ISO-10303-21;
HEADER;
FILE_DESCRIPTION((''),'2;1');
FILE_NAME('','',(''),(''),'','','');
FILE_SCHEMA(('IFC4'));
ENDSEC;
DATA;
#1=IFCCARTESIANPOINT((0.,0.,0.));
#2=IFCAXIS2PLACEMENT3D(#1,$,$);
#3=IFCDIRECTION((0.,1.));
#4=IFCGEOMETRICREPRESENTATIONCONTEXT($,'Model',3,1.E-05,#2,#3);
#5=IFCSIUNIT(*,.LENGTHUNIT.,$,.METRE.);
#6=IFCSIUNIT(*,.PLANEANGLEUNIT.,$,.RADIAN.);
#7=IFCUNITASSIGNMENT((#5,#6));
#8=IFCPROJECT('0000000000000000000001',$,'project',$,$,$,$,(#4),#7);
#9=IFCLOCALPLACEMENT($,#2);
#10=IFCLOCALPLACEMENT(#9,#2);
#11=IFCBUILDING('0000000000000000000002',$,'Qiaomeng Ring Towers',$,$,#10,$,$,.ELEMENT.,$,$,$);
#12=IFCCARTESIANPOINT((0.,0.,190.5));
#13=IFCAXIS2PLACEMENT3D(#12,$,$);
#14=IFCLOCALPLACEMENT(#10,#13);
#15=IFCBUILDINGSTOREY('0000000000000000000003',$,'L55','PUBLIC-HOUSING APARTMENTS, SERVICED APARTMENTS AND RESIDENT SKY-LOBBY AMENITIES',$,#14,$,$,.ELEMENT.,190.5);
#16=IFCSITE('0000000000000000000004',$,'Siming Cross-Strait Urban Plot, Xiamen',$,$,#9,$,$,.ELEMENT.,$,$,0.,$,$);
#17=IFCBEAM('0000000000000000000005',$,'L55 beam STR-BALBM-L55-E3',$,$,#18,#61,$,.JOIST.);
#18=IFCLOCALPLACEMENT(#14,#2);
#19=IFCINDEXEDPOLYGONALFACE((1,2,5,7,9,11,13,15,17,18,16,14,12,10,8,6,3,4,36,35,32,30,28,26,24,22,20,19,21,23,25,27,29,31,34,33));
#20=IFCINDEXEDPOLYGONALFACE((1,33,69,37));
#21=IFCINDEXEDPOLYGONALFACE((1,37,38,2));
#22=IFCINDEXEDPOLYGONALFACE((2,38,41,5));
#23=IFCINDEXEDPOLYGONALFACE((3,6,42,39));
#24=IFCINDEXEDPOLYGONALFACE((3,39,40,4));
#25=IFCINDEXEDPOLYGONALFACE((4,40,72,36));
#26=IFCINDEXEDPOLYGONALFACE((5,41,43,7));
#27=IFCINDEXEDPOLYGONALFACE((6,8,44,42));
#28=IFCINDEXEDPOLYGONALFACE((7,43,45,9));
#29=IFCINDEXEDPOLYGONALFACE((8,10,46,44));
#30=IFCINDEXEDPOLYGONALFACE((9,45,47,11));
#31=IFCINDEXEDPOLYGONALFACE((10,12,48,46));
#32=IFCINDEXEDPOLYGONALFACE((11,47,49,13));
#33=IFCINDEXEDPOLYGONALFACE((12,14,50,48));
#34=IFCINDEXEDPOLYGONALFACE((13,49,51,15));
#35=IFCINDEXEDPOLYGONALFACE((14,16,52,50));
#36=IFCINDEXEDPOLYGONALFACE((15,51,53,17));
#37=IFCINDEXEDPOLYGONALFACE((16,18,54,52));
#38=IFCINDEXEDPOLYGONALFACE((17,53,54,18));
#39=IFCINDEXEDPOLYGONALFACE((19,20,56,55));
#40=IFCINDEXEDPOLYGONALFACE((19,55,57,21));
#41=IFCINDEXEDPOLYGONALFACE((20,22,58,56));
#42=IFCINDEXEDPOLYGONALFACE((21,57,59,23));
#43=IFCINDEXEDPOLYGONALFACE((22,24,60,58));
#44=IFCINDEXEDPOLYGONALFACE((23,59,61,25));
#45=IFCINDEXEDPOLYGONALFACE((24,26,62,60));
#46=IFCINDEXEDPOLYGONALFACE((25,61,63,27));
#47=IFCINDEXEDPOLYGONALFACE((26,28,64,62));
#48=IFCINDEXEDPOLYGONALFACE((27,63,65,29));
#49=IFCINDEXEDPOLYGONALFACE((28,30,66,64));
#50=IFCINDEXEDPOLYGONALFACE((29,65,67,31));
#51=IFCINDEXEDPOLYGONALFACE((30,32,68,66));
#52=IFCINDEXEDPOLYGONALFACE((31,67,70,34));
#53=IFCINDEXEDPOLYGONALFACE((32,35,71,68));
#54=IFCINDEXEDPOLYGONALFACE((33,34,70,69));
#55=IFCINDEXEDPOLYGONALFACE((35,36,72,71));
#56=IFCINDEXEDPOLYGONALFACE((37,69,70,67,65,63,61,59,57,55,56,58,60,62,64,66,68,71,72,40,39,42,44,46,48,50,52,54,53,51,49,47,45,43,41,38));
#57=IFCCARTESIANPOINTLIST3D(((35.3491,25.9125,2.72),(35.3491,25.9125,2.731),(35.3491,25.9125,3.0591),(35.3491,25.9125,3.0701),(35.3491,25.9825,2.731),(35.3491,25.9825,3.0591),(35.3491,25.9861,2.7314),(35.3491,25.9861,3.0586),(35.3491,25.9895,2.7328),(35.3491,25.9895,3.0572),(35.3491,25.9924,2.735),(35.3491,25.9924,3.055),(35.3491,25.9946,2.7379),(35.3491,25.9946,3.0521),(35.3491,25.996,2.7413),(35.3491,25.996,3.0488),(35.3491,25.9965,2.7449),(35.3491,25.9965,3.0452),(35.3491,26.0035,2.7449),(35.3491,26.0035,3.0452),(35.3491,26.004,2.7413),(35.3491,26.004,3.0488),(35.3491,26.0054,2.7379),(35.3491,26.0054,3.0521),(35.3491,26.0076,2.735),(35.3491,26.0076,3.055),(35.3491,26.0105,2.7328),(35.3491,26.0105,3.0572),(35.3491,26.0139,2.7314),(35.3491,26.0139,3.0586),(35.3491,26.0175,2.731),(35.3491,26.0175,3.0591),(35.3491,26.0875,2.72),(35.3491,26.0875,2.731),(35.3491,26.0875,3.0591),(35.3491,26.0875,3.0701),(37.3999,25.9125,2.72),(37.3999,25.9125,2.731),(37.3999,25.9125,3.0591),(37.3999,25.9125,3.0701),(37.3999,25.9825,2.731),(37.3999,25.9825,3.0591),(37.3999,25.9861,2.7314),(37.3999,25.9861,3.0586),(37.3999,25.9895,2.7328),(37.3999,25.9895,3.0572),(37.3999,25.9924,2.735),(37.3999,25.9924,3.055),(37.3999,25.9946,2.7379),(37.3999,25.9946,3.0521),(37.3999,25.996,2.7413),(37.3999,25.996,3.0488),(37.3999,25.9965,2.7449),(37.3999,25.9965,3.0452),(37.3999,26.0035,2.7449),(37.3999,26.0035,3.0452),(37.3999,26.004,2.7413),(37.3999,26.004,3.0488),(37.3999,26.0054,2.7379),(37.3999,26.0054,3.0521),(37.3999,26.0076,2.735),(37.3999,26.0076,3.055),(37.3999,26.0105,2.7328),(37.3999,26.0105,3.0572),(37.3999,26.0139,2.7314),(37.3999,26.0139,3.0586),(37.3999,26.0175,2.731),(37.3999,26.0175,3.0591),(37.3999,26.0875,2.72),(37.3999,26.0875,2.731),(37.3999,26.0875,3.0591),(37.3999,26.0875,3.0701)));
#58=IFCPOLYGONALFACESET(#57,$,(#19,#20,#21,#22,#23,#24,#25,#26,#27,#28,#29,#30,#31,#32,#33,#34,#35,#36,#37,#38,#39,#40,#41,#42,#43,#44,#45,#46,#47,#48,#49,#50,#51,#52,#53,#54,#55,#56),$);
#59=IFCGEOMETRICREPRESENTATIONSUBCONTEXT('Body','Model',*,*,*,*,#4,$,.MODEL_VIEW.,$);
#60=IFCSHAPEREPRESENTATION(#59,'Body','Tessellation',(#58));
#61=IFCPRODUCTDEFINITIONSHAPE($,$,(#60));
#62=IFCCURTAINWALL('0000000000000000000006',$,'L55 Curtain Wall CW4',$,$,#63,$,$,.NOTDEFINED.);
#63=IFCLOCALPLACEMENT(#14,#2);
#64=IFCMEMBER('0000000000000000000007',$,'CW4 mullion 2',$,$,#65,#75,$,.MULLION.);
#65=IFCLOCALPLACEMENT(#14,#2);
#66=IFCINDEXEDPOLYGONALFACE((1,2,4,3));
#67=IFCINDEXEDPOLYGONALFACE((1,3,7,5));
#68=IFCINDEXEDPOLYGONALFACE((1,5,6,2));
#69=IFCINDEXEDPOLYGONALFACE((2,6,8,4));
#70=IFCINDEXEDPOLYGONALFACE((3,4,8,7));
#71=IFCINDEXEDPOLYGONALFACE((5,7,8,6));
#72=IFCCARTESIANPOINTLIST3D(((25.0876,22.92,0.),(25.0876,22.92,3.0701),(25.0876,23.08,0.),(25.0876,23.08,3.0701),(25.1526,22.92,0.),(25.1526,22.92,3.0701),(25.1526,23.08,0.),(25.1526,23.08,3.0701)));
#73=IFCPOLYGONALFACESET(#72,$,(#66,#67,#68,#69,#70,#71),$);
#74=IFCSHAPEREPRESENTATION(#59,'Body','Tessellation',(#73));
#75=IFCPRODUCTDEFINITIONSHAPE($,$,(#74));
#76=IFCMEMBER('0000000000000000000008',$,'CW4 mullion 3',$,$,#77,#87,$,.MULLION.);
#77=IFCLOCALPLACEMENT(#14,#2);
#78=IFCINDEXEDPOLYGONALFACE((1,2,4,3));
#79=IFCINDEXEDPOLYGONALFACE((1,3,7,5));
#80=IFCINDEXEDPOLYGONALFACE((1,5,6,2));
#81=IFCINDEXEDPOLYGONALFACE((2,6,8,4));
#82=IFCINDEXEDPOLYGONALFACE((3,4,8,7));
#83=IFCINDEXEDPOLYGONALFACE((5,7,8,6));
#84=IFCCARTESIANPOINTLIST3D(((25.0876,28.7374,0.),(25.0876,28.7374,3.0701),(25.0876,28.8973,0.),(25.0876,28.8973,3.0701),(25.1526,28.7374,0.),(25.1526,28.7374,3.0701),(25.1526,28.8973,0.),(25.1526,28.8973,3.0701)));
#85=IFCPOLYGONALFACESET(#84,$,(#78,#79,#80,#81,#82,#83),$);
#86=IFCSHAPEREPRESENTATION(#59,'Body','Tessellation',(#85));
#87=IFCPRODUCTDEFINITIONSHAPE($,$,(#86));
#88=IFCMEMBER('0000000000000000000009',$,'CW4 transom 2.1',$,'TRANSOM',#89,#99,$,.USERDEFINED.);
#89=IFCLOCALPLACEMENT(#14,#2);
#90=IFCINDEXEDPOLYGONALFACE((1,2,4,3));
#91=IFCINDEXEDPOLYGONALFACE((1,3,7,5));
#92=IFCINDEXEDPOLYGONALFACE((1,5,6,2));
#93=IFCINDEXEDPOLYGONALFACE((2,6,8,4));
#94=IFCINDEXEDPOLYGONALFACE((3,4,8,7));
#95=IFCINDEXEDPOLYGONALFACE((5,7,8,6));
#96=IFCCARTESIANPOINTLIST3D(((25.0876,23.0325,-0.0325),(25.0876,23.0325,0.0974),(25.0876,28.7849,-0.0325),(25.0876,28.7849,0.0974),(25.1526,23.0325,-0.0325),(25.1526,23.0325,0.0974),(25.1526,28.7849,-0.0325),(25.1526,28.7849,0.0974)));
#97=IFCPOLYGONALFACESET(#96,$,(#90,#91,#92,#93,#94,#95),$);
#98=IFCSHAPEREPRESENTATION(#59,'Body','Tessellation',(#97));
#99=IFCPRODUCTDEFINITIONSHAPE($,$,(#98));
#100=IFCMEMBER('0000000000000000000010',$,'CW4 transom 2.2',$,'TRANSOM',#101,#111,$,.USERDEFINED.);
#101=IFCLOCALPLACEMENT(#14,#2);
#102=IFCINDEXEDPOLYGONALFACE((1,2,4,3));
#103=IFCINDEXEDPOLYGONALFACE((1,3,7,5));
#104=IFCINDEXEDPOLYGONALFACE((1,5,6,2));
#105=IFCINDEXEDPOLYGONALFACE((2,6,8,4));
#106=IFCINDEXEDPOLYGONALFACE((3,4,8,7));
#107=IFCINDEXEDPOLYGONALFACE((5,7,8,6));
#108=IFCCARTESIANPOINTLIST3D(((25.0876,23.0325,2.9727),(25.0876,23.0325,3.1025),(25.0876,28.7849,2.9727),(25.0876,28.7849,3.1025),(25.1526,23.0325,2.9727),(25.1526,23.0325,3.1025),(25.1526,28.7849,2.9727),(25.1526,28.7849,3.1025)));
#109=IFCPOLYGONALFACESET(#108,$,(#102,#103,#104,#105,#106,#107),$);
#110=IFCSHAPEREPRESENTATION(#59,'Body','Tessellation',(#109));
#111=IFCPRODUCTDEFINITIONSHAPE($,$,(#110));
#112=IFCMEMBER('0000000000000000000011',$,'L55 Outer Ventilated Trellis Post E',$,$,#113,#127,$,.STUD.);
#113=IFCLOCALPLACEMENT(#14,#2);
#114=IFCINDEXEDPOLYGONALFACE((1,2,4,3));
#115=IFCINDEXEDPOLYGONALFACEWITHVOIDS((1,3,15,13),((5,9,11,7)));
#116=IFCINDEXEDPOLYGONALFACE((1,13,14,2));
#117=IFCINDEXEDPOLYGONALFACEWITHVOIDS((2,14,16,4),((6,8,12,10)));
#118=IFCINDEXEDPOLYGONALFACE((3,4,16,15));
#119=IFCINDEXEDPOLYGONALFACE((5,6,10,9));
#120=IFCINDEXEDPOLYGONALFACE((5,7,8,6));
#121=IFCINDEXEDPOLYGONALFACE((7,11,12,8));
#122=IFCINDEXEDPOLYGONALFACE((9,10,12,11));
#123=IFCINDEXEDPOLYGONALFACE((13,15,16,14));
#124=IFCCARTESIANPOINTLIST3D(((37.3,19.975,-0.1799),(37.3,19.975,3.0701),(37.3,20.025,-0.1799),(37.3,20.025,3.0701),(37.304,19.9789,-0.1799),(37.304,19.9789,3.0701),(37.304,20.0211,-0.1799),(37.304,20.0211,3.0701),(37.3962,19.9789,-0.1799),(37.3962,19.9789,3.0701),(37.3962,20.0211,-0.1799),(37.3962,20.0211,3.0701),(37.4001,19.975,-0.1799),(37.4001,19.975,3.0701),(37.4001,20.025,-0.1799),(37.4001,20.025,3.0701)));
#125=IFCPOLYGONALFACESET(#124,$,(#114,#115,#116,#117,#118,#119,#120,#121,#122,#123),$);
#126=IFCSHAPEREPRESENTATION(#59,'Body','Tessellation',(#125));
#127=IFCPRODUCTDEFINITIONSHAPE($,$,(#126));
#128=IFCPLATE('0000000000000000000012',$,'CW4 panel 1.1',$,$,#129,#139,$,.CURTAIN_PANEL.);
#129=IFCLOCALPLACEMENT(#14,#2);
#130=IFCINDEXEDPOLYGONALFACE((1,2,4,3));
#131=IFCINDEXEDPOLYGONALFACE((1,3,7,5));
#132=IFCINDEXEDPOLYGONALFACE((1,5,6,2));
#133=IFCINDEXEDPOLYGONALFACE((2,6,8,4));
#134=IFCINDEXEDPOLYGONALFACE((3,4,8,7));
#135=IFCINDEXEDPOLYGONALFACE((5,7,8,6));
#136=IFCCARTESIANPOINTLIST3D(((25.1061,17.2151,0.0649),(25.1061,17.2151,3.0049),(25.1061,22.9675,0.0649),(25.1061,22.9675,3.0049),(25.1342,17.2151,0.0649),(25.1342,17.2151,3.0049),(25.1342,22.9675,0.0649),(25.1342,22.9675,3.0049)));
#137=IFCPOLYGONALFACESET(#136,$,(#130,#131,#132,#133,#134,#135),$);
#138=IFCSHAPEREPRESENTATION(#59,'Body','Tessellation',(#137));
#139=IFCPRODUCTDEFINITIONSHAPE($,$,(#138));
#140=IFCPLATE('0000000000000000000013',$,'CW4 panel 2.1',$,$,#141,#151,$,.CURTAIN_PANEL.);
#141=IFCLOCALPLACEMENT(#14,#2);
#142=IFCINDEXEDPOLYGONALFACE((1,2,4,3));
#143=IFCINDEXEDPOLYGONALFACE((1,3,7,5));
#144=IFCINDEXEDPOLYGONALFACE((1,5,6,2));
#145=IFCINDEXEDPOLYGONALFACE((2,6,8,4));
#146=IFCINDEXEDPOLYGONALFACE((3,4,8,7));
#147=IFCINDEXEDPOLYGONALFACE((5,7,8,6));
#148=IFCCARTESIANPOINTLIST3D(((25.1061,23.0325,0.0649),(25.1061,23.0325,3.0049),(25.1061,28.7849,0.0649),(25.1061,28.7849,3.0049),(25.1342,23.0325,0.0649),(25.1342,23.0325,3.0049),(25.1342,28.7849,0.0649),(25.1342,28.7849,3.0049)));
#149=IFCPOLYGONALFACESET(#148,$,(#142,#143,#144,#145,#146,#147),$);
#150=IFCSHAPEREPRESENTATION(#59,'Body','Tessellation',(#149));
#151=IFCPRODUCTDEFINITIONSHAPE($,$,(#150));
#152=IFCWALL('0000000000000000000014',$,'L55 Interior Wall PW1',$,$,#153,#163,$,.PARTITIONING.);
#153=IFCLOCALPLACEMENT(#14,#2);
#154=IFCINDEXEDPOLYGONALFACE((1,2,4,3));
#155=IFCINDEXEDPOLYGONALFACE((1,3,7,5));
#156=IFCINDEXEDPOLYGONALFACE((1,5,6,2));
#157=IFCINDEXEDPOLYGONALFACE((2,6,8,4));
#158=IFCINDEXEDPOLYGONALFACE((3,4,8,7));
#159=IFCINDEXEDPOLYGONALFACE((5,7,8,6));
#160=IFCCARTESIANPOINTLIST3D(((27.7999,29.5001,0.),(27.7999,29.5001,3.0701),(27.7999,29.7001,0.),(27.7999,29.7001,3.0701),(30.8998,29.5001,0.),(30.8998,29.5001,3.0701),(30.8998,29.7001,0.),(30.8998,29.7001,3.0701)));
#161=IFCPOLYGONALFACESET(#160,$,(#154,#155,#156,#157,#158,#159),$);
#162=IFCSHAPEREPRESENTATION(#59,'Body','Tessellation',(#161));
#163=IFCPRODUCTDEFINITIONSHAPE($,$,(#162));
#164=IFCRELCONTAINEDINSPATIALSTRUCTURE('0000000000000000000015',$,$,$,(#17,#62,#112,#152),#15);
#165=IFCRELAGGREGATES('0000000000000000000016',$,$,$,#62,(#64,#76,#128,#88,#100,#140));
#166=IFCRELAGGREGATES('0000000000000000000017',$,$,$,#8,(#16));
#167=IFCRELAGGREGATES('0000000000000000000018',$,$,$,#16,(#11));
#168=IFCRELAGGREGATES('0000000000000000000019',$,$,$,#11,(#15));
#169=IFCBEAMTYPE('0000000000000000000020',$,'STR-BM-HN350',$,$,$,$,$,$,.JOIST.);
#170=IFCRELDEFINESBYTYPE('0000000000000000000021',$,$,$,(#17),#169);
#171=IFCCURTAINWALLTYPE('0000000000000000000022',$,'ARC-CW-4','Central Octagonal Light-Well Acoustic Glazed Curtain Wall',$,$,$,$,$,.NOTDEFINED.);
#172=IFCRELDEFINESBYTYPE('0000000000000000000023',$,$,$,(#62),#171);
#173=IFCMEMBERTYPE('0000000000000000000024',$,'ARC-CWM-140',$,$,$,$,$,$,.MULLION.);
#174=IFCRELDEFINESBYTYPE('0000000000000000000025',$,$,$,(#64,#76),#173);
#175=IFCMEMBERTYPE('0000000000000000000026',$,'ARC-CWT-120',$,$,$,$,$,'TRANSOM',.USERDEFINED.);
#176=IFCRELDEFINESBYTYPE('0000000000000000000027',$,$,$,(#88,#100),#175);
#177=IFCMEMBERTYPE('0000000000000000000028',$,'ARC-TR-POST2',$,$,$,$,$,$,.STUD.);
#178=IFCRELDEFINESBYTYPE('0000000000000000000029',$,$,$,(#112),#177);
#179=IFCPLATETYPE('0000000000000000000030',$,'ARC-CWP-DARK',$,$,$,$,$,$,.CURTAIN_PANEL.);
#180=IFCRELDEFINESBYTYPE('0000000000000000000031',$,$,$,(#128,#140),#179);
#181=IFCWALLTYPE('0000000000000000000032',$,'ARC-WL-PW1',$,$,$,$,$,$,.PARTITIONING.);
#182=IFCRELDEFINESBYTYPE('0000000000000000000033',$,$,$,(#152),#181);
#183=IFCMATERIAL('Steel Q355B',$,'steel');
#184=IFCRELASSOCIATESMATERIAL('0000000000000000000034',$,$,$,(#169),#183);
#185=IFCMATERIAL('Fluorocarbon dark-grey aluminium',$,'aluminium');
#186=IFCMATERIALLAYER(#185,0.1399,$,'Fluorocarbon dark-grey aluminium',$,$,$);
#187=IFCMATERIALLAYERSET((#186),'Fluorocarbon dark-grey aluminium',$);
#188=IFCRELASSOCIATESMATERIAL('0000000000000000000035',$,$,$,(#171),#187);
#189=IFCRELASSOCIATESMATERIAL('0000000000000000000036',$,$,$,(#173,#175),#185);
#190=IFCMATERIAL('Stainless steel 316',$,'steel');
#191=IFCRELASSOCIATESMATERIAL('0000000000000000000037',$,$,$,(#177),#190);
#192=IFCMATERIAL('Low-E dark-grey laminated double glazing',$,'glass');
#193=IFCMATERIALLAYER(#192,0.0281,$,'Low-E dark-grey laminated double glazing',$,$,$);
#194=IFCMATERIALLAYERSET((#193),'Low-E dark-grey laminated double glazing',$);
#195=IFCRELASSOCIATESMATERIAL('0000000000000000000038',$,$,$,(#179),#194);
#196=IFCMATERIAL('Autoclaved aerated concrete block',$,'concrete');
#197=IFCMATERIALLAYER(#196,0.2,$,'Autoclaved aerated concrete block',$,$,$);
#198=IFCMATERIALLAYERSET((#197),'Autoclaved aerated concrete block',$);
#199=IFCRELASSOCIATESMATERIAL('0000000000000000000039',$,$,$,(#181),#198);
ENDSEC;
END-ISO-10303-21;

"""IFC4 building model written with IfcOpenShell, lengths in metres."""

from ifc_helpers import new_model, si_unit, direction, frame, frame_2d, origin, origin_2d, place, context, subcontext, project, spatial, rectangle, hollow_rectangle, i_section, extrude, source, transform, mapped, material, layer, layer_set, material_profile, profile_set, type_object, element, aggregate, save


model = new_model("IFC4")

# Units and contexts
model_context = context("Model", 3, precision=1e-05, world=origin(), true_north=direction((0.0, 1.0)))
body_context = subcontext(model_context, "Body", "Model", "MODEL_VIEW")
ifc_project = project(units=[si_unit("LENGTHUNIT", "METRE"), si_unit("PLANEANGLEUNIT", "RADIAN")], contexts=[model_context])

# Site, building, storey
site_placement = place(None, origin())
site = spatial("IfcSite", under=ifc_project, at=site_placement, Name="Siming Cross-Strait Urban Plot, Xiamen", CompositionType="ELEMENT", RefElevation=0.0)
building_placement = place(site_placement, origin())
building = spatial("IfcBuilding", under=site, at=building_placement, Name="Qiaomeng Ring Towers", CompositionType="ELEMENT")
storey_placement = place(building_placement, frame((0.0, 0.0, 190.5)))
storey = spatial("IfcBuildingStorey", under=building, at=storey_placement, Name="L55", Description="PUBLIC-HOUSING APARTMENTS, SERVICED APARTMENTS AND RESIDENT SKY-LOBBY AMENITIES", CompositionType="ELEMENT", Elevation=190.5)

# Beam
ifc_material_1 = material(Name="Steel Q355B", Category="steel")
ifc_material_profile_1 = material_profile(ifc_material_1, i_section(OverallWidth=0.175, OverallDepth=0.3501, WebThickness=0.0071, FlangeThickness=0.011, FilletRadius=0.0139, at=origin_2d()), Name="HN 350x175x7x11")
ifc_profile_set_1 = profile_set([ifc_material_profile_1], Name="Steel Q355B")
beam_type_1 = type_object("IfcBeamType", Name="STR-BM-HN350", PredefinedType="JOIST", material=ifc_profile_set_1)
shared_shape_1 = source(origin(), body_context, "Body", "SweptSolid", [
    extrude(i_section(OverallWidth=0.175, OverallDepth=0.3501, WebThickness=0.0071, FlangeThickness=0.011, FilletRadius=0.0139, at=origin_2d()), origin(), (0.0, 0.0, 1.0), 2.0508),
])
beam_1_placement = place(storey_placement, frame((35.3491, 26.0, 2.895), z_axis=(1.0, 0.0, 0.0), x_axis=(0.0, 1.0, 0.0)))
element("IfcBeam", 1, at=beam_1_placement, inside=storey, type_object=beam_type_1, Name="L55 beam STR-BALBM-L55-E3", PredefinedType="JOIST", context=body_context, shape_type="MappedRepresentation", body=[
    mapped(shared_shape_1, transform((0.0, 0.0, 0.0), x_axis=(1.0, 0.0, 0.0), y_axis=(0.0, 1.0, 0.0), z_axis=(0.0, 0.0, 1.0), scale=1.0)),
])

# Curtain wall, members
ifc_material_2 = material(Name="Fluorocarbon dark-grey aluminium", Category="aluminium")
ifc_layer_1 = layer(ifc_material_2, 0.1399, Name="Fluorocarbon dark-grey aluminium")
ifc_layer_set_1 = layer_set([ifc_layer_1], Name="Fluorocarbon dark-grey aluminium")
curtain_wall_type = type_object("IfcCurtainWallType", Name="ARC-CW-4", Description="Central Octagonal Light-Well Acoustic Glazed Curtain Wall", PredefinedType="NOTDEFINED", material=ifc_layer_set_1)
curtain_wall_placement = place(storey_placement, origin())
curtain_wall = element("IfcCurtainWall", 2, at=curtain_wall_placement, inside=storey, type_object=curtain_wall_type, Name="L55 Curtain Wall CW4", PredefinedType="NOTDEFINED")
ifc_material_profile_2 = material_profile(ifc_material_2, rectangle(XDim=0.0649, YDim=0.1599, at=origin_2d()), Name="ALU MULL 65x160")
ifc_profile_set_2 = profile_set([ifc_material_profile_2], Name="Fluorocarbon dark-grey aluminium")
member_type_1 = type_object("IfcMemberType", Name="ARC-CWM-140", PredefinedType="MULLION", material=ifc_profile_set_2)
shared_shape_2 = source(origin(), body_context, "Body", "SweptSolid", [
    extrude(rectangle(XDim=0.0649, YDim=0.1599, at=origin_2d()), origin(), (0.0, 0.0, 1.0), 3.0701),
])
member_1_placement = place(storey_placement, frame((25.1201, 23.0, 0.0), z_axis=(0.0, 0.0, 1.0), x_axis=(-1.0, 0.0, 0.0)))
member_1 = element("IfcMember", 3, at=member_1_placement, type_object=member_type_1, Name="CW4 mullion 2", PredefinedType="MULLION", context=body_context, shape_type="MappedRepresentation", body=[
    mapped(shared_shape_2, transform((0.0, 0.0, 0.0), x_axis=(1.0, 0.0, 0.0), y_axis=(0.0, 1.0, 0.0), z_axis=(0.0, 0.0, 1.0), scale=1.0)),
])
member_2_placement = place(storey_placement, frame((25.1201, 28.8174, 0.0), z_axis=(0.0, 0.0, 1.0), x_axis=(-1.0, 0.0, 0.0)))
member_2 = element("IfcMember", 4, at=member_2_placement, type_object=member_type_1, Name="CW4 mullion 3", PredefinedType="MULLION", context=body_context, shape_type="MappedRepresentation", body=[
    mapped(shared_shape_2, transform((0.0, 0.0, 0.0), x_axis=(1.0, 0.0, 0.0), y_axis=(0.0, 1.0, 0.0), z_axis=(0.0, 0.0, 1.0), scale=1.0)),
])
ifc_material_profile_3 = material_profile(ifc_material_2, rectangle(XDim=0.0649, YDim=0.1299, at=origin_2d()), Name="ALU TRAN 65x130")
ifc_profile_set_3 = profile_set([ifc_material_profile_3], Name="Fluorocarbon dark-grey aluminium")
member_type_2 = type_object("IfcMemberType", Name="ARC-CWT-120", ElementType="TRANSOM", PredefinedType="USERDEFINED", material=ifc_profile_set_3)
shared_shape_3 = source(origin(), body_context, "Body", "SweptSolid", [
    extrude(rectangle(XDim=0.0649, YDim=0.1299, at=origin_2d()), origin(), (0.0, 0.0, 1.0), 5.7524),
])
member_3_placement = place(storey_placement, frame((25.1201, 23.0325, 0.0325), z_axis=(0.0, 1.0, 0.0), x_axis=(-1.0, 0.0, 0.0)))
member_3 = element("IfcMember", 5, at=member_3_placement, type_object=member_type_2, Name="CW4 transom 2.1", ObjectType="TRANSOM", PredefinedType="USERDEFINED", context=body_context, shape_type="MappedRepresentation", body=[
    mapped(shared_shape_3, transform((0.0, 0.0, 0.0), x_axis=(1.0, 0.0, 0.0), y_axis=(0.0, 1.0, 0.0), z_axis=(0.0, 0.0, 1.0), scale=1.0)),
])
member_4_placement = place(storey_placement, frame((25.1201, 23.0325, 3.0376), z_axis=(0.0, 1.0, 0.0), x_axis=(-1.0, 0.0, 0.0)))
member_4 = element("IfcMember", 6, at=member_4_placement, type_object=member_type_2, Name="CW4 transom 2.2", ObjectType="TRANSOM", PredefinedType="USERDEFINED", context=body_context, shape_type="MappedRepresentation", body=[
    mapped(shared_shape_3, transform((0.0, 0.0, 0.0), x_axis=(1.0, 0.0, 0.0), y_axis=(0.0, 1.0, 0.0), z_axis=(0.0, 0.0, 1.0), scale=1.0)),
])

# Member
ifc_material_3 = material(Name="Stainless steel 316", Category="steel")
ifc_material_profile_4 = material_profile(ifc_material_3, hollow_rectangle(XDim=0.05, YDim=0.1001, WallThickness=0.0039, at=origin_2d()), Name="SS TRELLIS 100x50")
ifc_profile_set_4 = profile_set([ifc_material_profile_4], Name="Stainless steel 316")
member_type_3 = type_object("IfcMemberType", Name="ARC-TR-POST2", PredefinedType="STUD", material=ifc_profile_set_4)
shared_shape_4 = source(origin(), body_context, "Body", "SweptSolid", [
    extrude(hollow_rectangle(XDim=0.05, YDim=0.1001, WallThickness=0.0039, at=origin_2d()), origin(), (0.0, 0.0, 1.0), 3.25),
])
member_5_placement = place(storey_placement, frame((37.3501, 20.0, -0.1799), z_axis=(0.0, 0.0, 1.0), x_axis=(0.0, 1.0, 0.0)))
element("IfcMember", 7, at=member_5_placement, inside=storey, type_object=member_type_3, Name="L55 Outer Ventilated Trellis Post E", PredefinedType="STUD", context=body_context, shape_type="MappedRepresentation", body=[
    mapped(shared_shape_4, transform((0.0, 0.0, 0.0), x_axis=(1.0, 0.0, 0.0), y_axis=(0.0, 1.0, 0.0), z_axis=(0.0, 0.0, 1.0), scale=1.0)),
])

# Plates
ifc_material_4 = material(Name="Low-E dark-grey laminated double glazing", Category="glass")
ifc_layer_2 = layer(ifc_material_4, 0.0281, Name="Low-E dark-grey laminated double glazing")
ifc_layer_set_2 = layer_set([ifc_layer_2], Name="Low-E dark-grey laminated double glazing")
plate_type = type_object("IfcPlateType", Name="ARC-CWP-DARK", PredefinedType="CURTAIN_PANEL", material=ifc_layer_set_2)
shared_shape_5 = source(origin(), body_context, "Body", "SweptSolid", [
    extrude(rectangle(XDim=5.7524, YDim=0.0281, at=origin_2d()), origin(), (0.0, 0.0, 1.0), 2.9399),
])
plate_1_placement = place(storey_placement, frame((25.1201, 20.0913, 0.0649), z_axis=(0.0, 0.0, 1.0), x_axis=(0.0, 1.0, 0.0)))
plate_1 = element("IfcPlate", 8, at=plate_1_placement, type_object=plate_type, Name="CW4 panel 1.1", PredefinedType="CURTAIN_PANEL", context=body_context, shape_type="MappedRepresentation", body=[
    mapped(shared_shape_5, transform((0.0, 0.0, 0.0), x_axis=(1.0, 0.0, 0.0), y_axis=(0.0, 1.0, 0.0), z_axis=(0.0, 0.0, 1.0), scale=1.0)),
])
plate_2_placement = place(storey_placement, frame((25.1201, 25.9087, 0.0649), z_axis=(0.0, 0.0, 1.0), x_axis=(0.0, 1.0, 0.0)))
plate_2 = element("IfcPlate", 9, at=plate_2_placement, type_object=plate_type, Name="CW4 panel 2.1", PredefinedType="CURTAIN_PANEL", context=body_context, shape_type="MappedRepresentation", body=[
    mapped(shared_shape_5, transform((0.0, 0.0, 0.0), x_axis=(1.0, 0.0, 0.0), y_axis=(0.0, 1.0, 0.0), z_axis=(0.0, 0.0, 1.0), scale=1.0)),
])
aggregate(curtain_wall, [member_1, member_2, plate_1, member_3, member_4, plate_2])

# Wall
ifc_material_5 = material(Name="Autoclaved aerated concrete block", Category="concrete")
ifc_layer_3 = layer(ifc_material_5, 0.2, Name="Autoclaved aerated concrete block")
ifc_layer_set_3 = layer_set([ifc_layer_3], Name="Autoclaved aerated concrete block")
wall_type_1 = type_object("IfcWallType", Name="ARC-WL-PW1", PredefinedType="PARTITIONING", material=ifc_layer_set_3)
wall_1_placement = place(storey_placement, frame((27.8, 29.6001, 0.0), z_axis=(0.0, 0.0, 1.0), x_axis=(1.0, 0.0, 0.0)))
element("IfcWall", 10, at=wall_1_placement, inside=storey, type_object=wall_type_1, Name="L55 Interior Wall PW1", PredefinedType="PARTITIONING", context=body_context, shape_type="SweptSolid", body=[
    extrude(rectangle(XDim=3.0999, YDim=0.2, at=frame_2d((1.5498, 0.0))), origin(), (0.0, 0.0, 1.0), 3.0701),
])

save(model, "model.ifc")
